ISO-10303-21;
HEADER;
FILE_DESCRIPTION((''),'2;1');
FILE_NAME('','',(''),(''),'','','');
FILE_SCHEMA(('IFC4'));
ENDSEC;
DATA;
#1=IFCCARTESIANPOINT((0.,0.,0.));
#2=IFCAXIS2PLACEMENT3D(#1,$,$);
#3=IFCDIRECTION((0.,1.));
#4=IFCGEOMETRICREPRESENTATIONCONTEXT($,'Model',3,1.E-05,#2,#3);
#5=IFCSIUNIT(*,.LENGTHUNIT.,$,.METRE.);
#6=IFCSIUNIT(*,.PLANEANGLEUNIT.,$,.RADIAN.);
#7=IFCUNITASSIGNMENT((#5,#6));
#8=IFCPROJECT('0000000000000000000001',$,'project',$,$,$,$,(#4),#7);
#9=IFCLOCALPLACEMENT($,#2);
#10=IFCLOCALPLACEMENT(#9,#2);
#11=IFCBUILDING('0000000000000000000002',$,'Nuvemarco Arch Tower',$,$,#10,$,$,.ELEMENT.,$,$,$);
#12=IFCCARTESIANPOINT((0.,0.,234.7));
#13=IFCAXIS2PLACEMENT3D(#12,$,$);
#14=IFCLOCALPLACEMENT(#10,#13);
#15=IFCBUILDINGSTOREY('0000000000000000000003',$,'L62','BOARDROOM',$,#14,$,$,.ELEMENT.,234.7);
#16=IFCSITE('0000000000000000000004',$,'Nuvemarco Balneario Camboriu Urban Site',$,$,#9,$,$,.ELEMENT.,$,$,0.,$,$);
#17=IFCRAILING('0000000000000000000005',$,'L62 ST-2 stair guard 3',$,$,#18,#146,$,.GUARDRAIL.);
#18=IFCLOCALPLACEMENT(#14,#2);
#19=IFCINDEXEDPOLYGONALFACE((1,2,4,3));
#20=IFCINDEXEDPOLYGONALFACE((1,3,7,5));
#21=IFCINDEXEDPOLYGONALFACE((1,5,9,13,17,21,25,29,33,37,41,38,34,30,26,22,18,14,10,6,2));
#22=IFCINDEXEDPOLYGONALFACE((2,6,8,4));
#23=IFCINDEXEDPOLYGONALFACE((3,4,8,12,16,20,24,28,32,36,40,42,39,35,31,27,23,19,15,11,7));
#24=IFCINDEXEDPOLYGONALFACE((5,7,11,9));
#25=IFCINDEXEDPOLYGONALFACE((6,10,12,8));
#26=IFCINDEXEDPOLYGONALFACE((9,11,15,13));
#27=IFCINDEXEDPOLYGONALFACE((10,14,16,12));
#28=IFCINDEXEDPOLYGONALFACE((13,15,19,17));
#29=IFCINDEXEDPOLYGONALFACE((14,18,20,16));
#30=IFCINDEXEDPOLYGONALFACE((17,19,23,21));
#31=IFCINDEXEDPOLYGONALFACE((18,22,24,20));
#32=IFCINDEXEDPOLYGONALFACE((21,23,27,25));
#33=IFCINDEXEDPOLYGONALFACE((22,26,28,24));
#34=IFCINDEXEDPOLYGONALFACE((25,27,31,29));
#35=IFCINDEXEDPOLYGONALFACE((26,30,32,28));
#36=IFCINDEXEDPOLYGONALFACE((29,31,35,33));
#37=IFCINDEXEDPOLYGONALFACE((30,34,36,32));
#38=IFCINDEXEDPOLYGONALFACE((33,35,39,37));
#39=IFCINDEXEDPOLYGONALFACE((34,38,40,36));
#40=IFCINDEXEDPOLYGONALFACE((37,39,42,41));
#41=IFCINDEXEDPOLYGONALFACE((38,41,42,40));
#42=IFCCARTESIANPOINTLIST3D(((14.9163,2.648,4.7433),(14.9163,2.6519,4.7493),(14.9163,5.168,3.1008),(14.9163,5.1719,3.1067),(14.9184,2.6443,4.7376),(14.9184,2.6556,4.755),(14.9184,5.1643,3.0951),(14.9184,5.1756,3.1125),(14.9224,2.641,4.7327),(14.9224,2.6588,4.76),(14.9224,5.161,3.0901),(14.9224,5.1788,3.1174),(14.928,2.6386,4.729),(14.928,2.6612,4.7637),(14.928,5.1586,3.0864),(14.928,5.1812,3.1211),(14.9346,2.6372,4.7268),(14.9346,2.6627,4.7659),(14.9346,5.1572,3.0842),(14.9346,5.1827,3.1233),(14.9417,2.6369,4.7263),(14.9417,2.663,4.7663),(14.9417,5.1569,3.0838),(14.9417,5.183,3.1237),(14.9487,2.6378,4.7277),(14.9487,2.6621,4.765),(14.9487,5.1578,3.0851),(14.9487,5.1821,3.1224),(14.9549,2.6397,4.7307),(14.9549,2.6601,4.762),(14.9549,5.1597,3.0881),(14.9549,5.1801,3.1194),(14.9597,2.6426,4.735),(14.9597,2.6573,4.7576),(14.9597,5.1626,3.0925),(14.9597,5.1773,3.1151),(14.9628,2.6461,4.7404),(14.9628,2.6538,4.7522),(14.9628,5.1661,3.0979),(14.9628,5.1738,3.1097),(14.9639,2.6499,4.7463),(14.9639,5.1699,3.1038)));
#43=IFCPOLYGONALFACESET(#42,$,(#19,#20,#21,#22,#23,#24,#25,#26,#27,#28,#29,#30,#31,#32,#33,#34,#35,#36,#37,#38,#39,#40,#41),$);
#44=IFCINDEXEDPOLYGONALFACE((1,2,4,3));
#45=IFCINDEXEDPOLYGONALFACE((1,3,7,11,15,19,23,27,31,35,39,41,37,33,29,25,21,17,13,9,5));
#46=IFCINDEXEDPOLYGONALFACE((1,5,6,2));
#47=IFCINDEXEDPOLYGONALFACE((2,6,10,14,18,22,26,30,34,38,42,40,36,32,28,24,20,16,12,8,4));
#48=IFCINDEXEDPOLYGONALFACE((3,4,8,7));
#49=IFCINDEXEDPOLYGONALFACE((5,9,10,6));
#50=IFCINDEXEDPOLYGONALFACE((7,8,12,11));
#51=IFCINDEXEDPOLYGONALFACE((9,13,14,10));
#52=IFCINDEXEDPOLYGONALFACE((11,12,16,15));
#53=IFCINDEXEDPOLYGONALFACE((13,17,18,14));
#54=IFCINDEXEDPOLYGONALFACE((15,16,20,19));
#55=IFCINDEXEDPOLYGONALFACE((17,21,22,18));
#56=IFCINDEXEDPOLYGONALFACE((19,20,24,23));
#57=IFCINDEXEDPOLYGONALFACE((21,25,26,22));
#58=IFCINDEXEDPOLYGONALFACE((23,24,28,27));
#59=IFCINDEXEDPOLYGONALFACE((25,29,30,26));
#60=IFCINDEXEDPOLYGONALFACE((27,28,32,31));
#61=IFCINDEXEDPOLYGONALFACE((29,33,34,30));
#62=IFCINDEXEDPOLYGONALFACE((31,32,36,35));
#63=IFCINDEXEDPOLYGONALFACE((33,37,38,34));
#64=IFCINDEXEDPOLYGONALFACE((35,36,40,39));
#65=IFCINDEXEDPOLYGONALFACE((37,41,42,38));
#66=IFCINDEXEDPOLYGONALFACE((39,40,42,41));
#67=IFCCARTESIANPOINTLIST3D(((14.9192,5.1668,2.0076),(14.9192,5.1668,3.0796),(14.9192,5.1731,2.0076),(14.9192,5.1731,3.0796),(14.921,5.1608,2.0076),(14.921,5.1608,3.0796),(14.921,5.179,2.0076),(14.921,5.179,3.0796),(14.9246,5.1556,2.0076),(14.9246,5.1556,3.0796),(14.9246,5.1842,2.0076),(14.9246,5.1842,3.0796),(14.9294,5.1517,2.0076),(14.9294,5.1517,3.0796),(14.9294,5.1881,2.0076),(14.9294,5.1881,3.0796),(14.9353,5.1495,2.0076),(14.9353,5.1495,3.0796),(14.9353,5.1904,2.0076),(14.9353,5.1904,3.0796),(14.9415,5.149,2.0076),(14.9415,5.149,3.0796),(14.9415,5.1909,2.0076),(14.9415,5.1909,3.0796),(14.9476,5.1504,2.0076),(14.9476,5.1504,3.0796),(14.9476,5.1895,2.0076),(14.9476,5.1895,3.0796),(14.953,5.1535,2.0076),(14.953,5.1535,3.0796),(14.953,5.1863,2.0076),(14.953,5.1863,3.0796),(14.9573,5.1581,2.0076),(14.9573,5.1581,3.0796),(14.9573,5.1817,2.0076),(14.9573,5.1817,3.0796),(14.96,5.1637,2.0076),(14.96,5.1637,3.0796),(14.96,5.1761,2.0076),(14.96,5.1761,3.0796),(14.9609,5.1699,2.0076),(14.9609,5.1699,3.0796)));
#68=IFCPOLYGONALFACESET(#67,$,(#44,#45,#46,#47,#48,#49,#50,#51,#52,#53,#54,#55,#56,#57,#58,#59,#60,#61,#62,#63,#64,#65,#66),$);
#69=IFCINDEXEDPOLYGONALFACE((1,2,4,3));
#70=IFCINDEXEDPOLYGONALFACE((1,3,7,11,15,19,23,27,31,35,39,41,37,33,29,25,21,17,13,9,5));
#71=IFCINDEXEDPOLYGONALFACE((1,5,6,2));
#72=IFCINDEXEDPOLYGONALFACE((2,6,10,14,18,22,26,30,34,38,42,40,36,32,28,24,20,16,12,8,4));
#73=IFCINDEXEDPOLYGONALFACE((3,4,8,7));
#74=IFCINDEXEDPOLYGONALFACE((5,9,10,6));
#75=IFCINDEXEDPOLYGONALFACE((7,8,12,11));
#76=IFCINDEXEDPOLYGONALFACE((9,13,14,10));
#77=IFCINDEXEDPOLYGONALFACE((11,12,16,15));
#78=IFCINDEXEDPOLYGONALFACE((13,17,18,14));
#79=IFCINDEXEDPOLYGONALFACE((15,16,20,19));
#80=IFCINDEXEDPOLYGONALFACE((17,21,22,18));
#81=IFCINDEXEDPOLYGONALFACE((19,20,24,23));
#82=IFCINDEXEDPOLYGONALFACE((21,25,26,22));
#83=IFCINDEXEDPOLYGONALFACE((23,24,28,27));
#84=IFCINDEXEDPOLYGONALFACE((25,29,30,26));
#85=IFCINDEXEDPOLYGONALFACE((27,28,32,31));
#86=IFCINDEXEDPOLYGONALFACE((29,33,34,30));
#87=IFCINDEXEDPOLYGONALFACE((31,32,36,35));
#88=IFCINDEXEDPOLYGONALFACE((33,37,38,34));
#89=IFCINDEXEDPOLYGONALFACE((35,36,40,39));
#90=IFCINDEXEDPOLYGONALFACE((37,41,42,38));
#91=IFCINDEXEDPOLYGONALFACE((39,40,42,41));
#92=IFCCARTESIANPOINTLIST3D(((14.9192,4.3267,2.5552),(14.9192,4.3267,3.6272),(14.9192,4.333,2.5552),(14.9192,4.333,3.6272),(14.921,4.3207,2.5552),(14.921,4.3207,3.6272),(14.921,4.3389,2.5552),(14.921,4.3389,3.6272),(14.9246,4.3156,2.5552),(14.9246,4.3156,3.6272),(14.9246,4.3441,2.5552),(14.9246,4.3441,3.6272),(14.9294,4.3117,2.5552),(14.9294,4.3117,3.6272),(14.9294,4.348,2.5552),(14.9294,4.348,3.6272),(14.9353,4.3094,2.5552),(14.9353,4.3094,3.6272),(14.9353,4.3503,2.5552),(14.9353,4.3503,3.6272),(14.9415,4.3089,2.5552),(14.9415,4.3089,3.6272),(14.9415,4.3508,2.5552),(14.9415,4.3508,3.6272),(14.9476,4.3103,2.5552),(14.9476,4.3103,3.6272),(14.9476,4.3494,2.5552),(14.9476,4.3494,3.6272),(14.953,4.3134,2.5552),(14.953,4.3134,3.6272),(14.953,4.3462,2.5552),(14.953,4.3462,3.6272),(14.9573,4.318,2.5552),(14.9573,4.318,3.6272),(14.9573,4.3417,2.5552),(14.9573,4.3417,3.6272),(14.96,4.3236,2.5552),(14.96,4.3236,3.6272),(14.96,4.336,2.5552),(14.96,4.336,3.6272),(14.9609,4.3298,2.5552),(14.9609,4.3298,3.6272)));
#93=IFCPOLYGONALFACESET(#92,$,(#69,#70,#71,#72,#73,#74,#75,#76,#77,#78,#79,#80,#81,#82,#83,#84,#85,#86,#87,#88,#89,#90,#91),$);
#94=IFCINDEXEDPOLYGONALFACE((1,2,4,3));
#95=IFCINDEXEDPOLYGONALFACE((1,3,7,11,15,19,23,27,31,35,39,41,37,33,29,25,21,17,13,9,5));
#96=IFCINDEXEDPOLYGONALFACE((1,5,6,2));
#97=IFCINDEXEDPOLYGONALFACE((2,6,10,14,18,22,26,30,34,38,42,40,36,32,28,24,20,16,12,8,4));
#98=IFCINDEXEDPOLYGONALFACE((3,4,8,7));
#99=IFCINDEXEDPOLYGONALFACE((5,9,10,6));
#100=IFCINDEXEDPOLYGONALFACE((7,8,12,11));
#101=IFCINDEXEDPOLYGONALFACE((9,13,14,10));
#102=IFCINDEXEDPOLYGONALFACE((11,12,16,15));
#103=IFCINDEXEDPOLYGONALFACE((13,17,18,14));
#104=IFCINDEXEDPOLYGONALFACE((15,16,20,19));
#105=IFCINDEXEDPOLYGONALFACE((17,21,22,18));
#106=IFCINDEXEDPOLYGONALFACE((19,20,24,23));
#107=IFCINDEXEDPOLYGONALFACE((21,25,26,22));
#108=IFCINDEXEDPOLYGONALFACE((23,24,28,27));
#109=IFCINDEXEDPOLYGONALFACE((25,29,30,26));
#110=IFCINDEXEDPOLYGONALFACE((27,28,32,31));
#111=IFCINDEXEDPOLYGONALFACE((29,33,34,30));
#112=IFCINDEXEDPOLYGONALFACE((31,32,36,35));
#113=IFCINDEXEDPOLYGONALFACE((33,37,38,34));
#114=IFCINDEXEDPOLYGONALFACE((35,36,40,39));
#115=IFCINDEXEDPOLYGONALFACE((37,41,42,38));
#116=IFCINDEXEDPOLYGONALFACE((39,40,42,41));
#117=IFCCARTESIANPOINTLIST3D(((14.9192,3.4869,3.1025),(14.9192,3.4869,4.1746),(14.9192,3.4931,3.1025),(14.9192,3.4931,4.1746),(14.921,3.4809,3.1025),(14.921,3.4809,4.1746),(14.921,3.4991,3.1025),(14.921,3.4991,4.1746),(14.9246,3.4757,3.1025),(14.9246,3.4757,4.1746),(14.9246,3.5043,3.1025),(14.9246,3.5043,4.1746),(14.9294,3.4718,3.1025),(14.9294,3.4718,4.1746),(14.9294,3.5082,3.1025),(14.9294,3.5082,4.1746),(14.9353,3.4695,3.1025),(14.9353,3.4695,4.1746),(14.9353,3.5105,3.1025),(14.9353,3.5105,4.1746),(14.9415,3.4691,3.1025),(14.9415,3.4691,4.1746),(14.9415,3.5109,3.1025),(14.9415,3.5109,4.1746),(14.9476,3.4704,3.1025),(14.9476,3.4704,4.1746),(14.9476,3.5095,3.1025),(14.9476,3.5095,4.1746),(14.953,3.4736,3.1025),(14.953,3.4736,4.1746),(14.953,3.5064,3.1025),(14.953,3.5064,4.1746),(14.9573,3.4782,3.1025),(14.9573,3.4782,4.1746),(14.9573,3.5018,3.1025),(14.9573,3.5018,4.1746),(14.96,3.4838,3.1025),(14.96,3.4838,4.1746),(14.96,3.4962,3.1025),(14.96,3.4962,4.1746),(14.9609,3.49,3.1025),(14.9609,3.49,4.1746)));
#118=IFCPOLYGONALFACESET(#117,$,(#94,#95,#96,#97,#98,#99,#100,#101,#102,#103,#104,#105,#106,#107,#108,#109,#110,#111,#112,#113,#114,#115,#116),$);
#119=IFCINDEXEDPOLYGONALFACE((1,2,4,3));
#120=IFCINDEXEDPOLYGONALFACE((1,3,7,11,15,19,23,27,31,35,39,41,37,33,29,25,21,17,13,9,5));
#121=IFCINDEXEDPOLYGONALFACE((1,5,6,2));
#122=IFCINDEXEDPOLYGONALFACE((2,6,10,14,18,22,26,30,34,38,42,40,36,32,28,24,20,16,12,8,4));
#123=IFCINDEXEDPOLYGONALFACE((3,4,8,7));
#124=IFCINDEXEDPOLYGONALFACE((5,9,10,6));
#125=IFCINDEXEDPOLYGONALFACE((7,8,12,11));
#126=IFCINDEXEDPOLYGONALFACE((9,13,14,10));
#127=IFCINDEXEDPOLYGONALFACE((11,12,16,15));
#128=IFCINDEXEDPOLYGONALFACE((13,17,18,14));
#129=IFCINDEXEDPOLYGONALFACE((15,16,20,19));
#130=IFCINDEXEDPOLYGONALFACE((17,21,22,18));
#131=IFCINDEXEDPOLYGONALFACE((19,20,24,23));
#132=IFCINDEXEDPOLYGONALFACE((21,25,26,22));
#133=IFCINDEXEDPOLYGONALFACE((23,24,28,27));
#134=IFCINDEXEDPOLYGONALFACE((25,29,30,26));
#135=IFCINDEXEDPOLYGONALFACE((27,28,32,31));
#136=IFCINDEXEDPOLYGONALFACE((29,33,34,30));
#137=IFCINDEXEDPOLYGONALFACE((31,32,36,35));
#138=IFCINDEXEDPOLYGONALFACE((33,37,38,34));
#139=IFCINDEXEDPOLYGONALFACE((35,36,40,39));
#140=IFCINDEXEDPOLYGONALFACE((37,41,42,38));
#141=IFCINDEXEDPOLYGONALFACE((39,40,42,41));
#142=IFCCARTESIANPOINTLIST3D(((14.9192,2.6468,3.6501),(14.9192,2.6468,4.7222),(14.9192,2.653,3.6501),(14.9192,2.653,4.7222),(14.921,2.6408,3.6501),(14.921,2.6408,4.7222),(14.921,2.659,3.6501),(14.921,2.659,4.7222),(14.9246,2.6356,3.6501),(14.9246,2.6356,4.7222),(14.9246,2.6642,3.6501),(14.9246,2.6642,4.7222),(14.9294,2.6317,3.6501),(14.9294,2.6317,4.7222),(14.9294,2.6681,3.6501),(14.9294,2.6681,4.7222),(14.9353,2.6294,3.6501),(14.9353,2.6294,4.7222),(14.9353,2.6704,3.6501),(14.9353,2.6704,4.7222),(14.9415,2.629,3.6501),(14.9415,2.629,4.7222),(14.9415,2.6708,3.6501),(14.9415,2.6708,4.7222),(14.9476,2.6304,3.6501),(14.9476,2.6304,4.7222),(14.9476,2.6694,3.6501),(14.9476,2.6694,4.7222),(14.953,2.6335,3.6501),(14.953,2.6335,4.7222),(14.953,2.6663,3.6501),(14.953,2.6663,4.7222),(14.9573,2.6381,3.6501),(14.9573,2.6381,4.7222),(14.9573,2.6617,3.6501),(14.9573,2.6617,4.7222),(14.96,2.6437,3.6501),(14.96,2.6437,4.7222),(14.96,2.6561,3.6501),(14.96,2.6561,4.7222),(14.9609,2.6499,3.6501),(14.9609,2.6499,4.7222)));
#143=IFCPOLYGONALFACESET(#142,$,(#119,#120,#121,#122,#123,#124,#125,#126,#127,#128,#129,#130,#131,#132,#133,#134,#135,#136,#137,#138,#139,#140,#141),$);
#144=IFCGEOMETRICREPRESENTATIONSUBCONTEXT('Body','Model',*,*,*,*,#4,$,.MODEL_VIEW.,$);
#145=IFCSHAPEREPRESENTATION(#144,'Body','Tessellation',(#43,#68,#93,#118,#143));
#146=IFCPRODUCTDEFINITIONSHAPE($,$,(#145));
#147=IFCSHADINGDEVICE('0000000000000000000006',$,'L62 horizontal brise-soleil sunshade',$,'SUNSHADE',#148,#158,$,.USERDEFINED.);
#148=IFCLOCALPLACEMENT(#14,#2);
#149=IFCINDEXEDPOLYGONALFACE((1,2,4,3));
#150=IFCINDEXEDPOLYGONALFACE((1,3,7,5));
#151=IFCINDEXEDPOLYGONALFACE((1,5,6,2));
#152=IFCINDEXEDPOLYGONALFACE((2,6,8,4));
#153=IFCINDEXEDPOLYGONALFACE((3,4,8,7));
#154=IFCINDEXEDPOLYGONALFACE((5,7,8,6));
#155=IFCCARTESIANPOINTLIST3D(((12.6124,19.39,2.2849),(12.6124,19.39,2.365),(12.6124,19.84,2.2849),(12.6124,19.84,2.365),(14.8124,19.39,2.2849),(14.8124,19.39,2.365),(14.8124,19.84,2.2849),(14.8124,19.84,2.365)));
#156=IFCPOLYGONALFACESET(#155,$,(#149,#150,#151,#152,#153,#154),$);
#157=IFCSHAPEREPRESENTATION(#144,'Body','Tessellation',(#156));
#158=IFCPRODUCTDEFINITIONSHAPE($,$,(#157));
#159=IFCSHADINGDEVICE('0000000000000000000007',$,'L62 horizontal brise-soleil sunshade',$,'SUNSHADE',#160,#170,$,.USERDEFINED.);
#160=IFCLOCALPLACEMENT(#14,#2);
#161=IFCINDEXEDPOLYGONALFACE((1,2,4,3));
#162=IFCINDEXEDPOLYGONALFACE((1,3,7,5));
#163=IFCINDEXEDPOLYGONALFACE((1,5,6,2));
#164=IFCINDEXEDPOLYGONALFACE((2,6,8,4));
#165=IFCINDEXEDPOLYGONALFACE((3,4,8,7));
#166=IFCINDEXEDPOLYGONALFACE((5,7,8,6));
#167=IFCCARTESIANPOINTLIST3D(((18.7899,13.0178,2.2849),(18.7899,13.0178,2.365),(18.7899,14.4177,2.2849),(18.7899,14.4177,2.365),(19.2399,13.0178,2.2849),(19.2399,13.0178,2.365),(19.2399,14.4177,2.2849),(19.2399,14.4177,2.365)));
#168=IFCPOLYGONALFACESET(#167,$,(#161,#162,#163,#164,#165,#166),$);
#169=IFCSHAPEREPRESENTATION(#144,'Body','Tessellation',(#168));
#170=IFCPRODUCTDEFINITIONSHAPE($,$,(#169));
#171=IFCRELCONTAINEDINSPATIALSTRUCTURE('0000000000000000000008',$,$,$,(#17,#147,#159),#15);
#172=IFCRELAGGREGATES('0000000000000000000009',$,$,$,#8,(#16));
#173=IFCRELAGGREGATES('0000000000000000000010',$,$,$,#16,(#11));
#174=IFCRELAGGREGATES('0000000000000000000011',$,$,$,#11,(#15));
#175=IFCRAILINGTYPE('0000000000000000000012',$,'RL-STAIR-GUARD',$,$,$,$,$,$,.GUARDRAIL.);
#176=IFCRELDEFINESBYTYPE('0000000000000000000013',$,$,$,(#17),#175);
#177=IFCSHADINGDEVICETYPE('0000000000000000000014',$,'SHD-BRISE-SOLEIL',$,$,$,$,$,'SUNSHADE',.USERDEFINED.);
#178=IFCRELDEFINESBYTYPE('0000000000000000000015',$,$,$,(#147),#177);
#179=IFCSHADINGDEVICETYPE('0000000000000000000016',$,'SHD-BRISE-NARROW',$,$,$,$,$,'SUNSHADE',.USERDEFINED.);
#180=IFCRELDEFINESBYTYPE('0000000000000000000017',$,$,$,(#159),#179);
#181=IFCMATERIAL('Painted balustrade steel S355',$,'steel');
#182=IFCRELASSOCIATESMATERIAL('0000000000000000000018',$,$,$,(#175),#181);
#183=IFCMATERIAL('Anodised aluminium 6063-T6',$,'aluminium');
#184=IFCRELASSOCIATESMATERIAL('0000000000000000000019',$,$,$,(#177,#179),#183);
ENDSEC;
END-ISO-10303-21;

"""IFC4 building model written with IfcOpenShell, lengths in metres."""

from ifc_helpers import new_model, si_unit, direction, frame, origin, origin_2d, place, context, subcontext, project, spatial, rectangle, circle, extrude, source, transform, mapped, material, type_object, type_shapes, element, save


model = new_model("IFC4")

# Units and contexts
model_context = context("Model", 3, precision=1e-05, world=origin(), true_north=direction((0.0, 1.0)))
body_context = subcontext(model_context, "Body", "Model", "MODEL_VIEW")
ifc_project = project(units=[si_unit("LENGTHUNIT", "METRE"), si_unit("PLANEANGLEUNIT", "RADIAN")], contexts=[model_context])

# Site, building, storey
site_placement = place(None, origin())
site = spatial("IfcSite", under=ifc_project, at=site_placement, Name="Nuvemarco Balneario Camboriu Urban Site", CompositionType="ELEMENT", RefElevation=0.0)
building_placement = place(site_placement, origin())
building = spatial("IfcBuilding", under=site, at=building_placement, Name="Nuvemarco Arch Tower", CompositionType="ELEMENT")
storey_placement = place(building_placement, frame((0.0, 0.0, 234.7)))
storey = spatial("IfcBuildingStorey", under=building, at=storey_placement, Name="L62", Description="BOARDROOM", CompositionType="ELEMENT", Elevation=234.7)

# Railing
ifc_material_1 = material(Name="Painted balustrade steel S355", Category="steel")
railing_type = type_object("IfcRailingType", Name="RL-STAIR-GUARD", PredefinedType="GUARDRAIL", material=ifc_material_1)
railing_1_placement = place(storey_placement, frame((14.9399, 5.1699, 2.0076)))
element("IfcRailing", 1, at=railing_1_placement, inside=storey, type_object=railing_type, Name="L62 ST-2 stair guard 3", PredefinedType="GUARDRAIL", context=body_context, shape_type="SweptSolid", body=[
    extrude(circle(Radius=0.0239, at=origin_2d()), frame((0.0, 0.0, 1.0962), z_axis=(0.0, -0.837749, 0.546055), x_axis=(1.0, 0.0, 0.0)), (0.0, 0.0, 1.0), 3.0081),
    extrude(circle(Radius=0.021, at=origin_2d()), origin(), (0.0, 0.0, 1.0), 1.072),
    extrude(circle(Radius=0.021, at=origin_2d()), frame((0.0, -0.8401, 0.5476)), (0.0, 0.0, 1.0), 1.072),
    extrude(circle(Radius=0.021, at=origin_2d()), frame((0.0, -1.6799, 1.095)), (0.0, 0.0, 1.0), 1.072),
    extrude(circle(Radius=0.021, at=origin_2d()), frame((0.0, -2.52, 1.6426)), (0.0, 0.0, 1.0), 1.072),
])

# Shading devices
ifc_material_2 = material(Name="Anodised aluminium 6063-T6", Category="aluminium")
shading_device_type_1 = type_object("IfcShadingDeviceType", Name="SHD-BRISE-SOLEIL", ElementType="SUNSHADE", PredefinedType="USERDEFINED", material=ifc_material_2)
shared_shape_1 = source(origin(), body_context, "Body", "SweptSolid", [
    extrude(rectangle(XDim=2.2, YDim=0.45, at=origin_2d()), origin(), (0.0, 0.0, 1.0), 0.0801),
])
type_shapes(shading_device_type_1, [shared_shape_1])
shading_device_1_placement = place(storey_placement, frame((13.7124, 19.615, 2.2849), z_axis=(0.0, 0.0, 1.0), x_axis=(1.0, 0.0, 0.0)))
element("IfcShadingDevice", 2, at=shading_device_1_placement, inside=storey, type_object=shading_device_type_1, Name="L62 horizontal brise-soleil sunshade", ObjectType="SUNSHADE", PredefinedType="USERDEFINED", context=body_context, shape_type="MappedRepresentation", body=[
    mapped(shared_shape_1, transform((0.0, 0.0, 0.0), scale=1.0)),
])
shading_device_type_2 = type_object("IfcShadingDeviceType", Name="SHD-BRISE-NARROW", ElementType="SUNSHADE", PredefinedType="USERDEFINED", material=ifc_material_2)
shared_shape_2 = source(origin(), body_context, "Body", "SweptSolid", [
    extrude(rectangle(XDim=1.3999, YDim=0.45, at=origin_2d()), origin(), (0.0, 0.0, 1.0), 0.0801),
])
type_shapes(shading_device_type_2, [shared_shape_2])
shading_device_2_placement = place(storey_placement, frame((19.0149, 13.7178, 2.2849), z_axis=(0.0, 0.0, 1.0), x_axis=(0.0, 1.0, 0.0)))
element("IfcShadingDevice", 3, at=shading_device_2_placement, inside=storey, type_object=shading_device_type_2, Name="L62 horizontal brise-soleil sunshade", ObjectType="SUNSHADE", PredefinedType="USERDEFINED", context=body_context, shape_type="MappedRepresentation", body=[
    mapped(shared_shape_2, transform((0.0, 0.0, 0.0), scale=1.0)),
])

save(model, "model.ifc")
